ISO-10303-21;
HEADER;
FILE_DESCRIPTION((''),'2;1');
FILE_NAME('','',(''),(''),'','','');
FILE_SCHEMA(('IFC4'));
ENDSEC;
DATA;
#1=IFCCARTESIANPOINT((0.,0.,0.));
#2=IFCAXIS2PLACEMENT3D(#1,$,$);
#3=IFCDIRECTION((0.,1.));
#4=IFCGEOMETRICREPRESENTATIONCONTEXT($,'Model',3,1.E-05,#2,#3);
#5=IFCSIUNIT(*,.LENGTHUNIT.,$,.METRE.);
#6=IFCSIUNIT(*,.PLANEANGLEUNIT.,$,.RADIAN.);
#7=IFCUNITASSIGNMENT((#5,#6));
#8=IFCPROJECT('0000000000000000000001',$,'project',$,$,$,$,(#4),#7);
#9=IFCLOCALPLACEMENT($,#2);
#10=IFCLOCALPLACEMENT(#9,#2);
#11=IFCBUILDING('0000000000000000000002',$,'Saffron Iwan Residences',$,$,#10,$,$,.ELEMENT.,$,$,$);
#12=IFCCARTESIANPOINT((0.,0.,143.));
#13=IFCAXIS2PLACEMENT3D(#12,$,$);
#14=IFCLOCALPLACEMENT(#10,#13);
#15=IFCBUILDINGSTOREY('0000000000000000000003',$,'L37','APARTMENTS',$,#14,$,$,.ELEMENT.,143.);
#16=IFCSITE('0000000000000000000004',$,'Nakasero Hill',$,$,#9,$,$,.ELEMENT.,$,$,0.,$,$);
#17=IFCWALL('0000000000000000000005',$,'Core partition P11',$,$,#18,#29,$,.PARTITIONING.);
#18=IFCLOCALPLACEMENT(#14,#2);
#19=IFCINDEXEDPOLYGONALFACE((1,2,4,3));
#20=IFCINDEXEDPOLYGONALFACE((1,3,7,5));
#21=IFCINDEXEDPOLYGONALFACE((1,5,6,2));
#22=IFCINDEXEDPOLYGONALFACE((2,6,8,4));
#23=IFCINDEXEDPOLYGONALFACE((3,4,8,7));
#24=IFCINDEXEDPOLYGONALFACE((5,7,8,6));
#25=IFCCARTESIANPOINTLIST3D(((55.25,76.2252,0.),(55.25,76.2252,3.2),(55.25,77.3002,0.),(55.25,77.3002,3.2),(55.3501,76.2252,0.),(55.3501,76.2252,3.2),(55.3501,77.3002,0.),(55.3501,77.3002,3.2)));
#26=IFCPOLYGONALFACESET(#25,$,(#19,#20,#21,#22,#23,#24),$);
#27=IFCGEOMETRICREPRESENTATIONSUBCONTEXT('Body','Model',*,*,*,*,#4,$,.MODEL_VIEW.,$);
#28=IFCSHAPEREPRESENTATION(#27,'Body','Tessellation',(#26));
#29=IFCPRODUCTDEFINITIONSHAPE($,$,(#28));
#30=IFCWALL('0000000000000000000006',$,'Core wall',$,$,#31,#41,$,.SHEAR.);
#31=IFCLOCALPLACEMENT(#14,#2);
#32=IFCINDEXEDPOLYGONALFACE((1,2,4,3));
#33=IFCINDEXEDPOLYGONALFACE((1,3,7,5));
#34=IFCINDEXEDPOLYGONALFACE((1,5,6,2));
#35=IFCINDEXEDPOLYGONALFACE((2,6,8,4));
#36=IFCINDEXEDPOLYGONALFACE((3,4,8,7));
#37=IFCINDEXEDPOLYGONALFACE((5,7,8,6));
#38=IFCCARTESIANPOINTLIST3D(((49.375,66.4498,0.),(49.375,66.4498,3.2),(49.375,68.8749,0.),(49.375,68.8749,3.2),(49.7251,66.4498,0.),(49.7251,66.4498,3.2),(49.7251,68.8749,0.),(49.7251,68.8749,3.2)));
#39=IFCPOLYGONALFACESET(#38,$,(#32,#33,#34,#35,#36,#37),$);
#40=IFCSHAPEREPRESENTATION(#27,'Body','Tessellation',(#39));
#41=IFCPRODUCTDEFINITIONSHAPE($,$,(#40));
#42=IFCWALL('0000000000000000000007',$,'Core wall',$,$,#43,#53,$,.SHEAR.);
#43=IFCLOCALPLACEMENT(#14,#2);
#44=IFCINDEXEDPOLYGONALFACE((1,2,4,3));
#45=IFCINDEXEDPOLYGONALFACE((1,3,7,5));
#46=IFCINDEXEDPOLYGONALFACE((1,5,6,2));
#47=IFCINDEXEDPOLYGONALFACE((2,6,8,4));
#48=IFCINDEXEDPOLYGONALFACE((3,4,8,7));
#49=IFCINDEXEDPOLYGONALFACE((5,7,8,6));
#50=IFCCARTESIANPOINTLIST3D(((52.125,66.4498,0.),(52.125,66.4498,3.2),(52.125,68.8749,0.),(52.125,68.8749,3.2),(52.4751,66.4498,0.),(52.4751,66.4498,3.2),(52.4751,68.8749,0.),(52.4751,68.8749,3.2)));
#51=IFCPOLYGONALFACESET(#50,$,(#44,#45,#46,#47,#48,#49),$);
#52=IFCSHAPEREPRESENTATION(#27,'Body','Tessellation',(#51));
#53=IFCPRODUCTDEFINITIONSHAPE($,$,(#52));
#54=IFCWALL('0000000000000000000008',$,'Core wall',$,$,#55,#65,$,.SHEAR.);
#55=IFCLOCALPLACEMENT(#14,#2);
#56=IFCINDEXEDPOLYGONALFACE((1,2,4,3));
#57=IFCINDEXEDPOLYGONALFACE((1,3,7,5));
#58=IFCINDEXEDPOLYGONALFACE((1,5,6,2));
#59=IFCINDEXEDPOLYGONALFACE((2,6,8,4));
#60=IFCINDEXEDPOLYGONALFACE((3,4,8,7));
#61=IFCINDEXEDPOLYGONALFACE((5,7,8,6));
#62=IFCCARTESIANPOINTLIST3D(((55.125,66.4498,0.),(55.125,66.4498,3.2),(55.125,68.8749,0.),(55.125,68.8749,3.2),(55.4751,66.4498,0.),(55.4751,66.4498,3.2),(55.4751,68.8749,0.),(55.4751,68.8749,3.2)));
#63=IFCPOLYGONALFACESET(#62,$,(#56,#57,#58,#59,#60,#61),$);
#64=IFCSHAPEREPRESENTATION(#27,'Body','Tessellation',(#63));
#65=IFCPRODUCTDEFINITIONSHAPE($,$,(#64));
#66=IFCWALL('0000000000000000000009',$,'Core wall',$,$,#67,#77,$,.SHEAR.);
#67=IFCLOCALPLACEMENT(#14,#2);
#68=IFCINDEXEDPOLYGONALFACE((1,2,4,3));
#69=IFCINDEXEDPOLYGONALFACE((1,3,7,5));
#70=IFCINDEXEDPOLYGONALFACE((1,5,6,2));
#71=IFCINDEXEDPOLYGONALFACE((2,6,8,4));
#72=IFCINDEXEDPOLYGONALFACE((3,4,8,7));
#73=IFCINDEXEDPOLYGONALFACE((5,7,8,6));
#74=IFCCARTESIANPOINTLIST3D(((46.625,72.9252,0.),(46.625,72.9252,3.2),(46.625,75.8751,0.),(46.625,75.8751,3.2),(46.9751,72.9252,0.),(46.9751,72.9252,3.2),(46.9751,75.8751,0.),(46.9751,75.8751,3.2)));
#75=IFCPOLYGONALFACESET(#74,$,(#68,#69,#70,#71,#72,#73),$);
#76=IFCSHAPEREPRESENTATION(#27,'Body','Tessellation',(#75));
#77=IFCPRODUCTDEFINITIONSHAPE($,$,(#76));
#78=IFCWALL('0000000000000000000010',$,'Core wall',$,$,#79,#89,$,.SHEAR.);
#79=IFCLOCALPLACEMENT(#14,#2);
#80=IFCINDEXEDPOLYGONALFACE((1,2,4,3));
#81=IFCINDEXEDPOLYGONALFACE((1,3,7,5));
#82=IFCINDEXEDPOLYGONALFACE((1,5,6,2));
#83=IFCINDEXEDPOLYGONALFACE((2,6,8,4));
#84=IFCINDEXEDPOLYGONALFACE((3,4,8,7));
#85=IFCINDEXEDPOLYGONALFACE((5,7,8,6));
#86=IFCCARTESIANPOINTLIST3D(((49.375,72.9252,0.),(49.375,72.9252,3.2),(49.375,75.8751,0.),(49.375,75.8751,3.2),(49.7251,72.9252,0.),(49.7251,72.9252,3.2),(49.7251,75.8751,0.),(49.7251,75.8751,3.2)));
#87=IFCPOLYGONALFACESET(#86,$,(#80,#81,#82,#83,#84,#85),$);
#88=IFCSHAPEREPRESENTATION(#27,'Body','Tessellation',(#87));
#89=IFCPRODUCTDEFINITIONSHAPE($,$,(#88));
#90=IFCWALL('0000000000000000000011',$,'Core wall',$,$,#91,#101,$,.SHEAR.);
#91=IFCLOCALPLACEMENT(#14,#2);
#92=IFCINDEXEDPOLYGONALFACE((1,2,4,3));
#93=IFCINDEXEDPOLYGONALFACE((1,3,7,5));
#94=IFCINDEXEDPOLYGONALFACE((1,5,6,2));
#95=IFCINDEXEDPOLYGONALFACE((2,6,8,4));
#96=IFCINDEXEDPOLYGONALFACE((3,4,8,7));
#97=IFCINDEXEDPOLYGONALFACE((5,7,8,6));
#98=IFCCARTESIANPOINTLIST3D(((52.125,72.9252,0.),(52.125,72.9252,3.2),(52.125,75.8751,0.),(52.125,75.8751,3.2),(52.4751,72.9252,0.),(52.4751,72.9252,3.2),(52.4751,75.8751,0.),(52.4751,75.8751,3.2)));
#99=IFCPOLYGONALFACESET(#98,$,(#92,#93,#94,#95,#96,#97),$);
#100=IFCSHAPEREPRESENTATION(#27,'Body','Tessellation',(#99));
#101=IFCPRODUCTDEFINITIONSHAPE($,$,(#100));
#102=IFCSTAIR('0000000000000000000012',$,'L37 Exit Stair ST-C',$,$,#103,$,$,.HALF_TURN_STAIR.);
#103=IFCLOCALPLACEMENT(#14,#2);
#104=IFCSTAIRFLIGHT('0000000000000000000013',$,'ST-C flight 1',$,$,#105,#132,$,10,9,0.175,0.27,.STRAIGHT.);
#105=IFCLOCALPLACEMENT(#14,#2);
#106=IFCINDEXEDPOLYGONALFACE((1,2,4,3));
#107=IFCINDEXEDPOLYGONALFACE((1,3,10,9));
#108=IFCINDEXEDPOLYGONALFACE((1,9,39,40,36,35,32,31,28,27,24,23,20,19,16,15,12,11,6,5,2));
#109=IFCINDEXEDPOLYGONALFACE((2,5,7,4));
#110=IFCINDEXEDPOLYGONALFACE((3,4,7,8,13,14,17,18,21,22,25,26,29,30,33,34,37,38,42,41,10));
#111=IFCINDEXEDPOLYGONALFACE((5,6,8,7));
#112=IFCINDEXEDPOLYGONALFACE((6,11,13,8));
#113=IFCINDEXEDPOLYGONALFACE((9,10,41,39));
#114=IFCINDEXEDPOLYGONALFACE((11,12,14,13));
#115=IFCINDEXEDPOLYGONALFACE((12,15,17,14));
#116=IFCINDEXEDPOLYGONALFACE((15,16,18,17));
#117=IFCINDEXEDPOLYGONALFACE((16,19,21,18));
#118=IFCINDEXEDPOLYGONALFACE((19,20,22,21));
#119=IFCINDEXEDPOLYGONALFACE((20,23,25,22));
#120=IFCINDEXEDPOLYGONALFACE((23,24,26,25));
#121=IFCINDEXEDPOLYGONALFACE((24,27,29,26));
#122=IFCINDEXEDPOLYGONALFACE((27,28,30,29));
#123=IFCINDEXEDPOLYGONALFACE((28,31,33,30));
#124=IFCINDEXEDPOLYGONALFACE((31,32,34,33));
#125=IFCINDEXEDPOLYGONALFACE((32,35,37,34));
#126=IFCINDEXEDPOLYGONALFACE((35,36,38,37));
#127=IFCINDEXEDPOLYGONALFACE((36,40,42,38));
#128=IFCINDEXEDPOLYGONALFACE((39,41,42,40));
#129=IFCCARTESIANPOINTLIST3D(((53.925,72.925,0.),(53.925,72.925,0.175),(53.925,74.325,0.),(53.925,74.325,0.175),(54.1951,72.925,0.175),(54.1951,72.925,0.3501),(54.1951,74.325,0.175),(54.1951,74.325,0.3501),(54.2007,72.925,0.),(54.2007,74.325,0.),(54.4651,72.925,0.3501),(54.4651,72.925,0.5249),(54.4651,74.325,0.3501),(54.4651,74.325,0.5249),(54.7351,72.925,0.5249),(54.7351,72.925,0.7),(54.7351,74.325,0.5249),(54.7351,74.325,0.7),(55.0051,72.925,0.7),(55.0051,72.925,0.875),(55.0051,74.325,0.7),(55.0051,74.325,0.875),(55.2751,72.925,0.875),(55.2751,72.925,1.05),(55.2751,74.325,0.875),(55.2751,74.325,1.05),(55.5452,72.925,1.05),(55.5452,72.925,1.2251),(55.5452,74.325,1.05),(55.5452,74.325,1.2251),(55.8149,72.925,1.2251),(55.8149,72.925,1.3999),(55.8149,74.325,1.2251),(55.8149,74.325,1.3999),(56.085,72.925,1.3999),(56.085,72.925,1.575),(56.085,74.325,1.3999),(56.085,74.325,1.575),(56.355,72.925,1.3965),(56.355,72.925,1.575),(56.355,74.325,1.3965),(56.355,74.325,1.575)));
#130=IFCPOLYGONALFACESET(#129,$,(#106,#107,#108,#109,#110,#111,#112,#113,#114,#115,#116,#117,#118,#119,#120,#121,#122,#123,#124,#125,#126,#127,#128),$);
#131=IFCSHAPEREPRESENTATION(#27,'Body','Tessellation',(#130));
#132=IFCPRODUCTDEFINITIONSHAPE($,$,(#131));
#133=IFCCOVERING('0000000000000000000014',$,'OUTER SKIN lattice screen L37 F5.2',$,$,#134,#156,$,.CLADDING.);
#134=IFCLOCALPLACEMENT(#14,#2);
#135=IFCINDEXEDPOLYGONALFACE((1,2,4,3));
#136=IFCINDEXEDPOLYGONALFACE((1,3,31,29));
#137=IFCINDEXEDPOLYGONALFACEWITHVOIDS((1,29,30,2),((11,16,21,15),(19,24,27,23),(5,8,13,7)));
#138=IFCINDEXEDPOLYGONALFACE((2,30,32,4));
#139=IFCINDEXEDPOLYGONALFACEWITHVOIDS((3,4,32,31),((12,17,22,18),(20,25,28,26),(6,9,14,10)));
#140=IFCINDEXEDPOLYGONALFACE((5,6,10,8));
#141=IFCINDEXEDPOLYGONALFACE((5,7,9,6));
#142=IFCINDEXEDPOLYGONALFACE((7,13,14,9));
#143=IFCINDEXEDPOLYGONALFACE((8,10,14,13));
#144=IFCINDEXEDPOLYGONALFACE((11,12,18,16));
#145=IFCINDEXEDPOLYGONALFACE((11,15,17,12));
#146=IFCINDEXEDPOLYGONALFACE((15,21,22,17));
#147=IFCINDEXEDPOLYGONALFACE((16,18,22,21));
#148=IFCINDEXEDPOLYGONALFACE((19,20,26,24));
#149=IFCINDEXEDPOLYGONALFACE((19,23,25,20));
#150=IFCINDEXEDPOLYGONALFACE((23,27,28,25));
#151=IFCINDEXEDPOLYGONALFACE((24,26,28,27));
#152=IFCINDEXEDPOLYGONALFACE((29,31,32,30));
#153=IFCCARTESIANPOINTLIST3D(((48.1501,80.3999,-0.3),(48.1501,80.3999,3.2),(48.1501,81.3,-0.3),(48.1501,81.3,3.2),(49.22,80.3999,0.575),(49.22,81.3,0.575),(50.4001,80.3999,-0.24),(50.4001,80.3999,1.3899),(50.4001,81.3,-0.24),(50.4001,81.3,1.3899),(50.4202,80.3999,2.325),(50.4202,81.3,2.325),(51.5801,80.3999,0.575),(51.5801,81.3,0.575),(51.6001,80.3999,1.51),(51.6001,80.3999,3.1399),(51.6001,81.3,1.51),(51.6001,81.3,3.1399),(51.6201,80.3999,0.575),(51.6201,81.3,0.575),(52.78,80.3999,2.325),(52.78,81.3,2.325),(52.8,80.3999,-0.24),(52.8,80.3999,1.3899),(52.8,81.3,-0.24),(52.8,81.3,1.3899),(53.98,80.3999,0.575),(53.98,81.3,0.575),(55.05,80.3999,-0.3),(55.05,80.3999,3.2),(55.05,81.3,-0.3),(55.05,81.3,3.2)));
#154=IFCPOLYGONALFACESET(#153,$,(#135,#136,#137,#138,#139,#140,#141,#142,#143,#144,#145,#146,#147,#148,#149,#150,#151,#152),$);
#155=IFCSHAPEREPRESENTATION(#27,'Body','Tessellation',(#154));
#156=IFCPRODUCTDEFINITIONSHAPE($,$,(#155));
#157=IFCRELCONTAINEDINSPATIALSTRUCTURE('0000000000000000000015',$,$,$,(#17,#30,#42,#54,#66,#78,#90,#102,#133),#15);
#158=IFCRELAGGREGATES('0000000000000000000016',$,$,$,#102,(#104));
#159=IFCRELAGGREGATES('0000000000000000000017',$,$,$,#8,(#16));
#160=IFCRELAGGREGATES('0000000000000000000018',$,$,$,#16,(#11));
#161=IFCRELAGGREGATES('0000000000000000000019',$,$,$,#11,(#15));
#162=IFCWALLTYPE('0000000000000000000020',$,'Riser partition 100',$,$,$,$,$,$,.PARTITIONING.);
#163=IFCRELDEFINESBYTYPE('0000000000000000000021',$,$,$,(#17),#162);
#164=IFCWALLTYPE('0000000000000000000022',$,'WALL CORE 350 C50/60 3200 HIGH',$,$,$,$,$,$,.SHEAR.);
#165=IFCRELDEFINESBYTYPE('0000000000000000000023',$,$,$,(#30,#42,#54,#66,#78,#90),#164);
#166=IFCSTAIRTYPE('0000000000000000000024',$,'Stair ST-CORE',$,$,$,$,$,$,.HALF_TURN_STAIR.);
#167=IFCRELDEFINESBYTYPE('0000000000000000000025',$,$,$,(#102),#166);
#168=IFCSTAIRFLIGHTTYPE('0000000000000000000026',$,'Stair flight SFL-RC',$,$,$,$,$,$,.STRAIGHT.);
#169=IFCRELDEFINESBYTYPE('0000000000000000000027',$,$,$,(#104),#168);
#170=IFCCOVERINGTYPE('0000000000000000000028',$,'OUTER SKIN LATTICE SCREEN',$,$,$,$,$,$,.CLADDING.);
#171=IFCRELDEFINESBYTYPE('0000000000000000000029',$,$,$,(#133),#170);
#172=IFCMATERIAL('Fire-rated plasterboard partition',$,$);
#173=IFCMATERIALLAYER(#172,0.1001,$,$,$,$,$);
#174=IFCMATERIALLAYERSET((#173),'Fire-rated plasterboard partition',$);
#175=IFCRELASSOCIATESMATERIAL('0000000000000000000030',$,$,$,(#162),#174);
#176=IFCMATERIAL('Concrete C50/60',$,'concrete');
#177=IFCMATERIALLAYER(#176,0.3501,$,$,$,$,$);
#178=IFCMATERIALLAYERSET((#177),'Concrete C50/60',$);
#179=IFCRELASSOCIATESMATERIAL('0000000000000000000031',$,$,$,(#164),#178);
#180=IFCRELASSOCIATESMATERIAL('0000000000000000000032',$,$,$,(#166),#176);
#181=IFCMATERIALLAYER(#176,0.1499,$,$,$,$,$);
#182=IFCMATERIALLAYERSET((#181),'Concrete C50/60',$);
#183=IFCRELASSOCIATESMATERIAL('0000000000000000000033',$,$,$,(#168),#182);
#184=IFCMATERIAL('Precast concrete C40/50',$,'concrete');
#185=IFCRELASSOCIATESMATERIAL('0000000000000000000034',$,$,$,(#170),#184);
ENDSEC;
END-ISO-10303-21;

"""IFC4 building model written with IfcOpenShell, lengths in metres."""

from ifc_helpers import new_model, si_unit, direction, frame, frame_2d, origin, place, context, subcontext, project, spatial, polyline, rectangle, outline, extrude, material, layer, layer_set, type_object, element, aggregate, save


model = new_model("IFC4")

# Units and contexts
model_context = context("Model", 3, precision=1e-05, world=origin(), true_north=direction((0.0, 1.0)))
body_context = subcontext(model_context, "Body", "Model", "MODEL_VIEW")
ifc_project = project(units=[si_unit("LENGTHUNIT", "METRE"), si_unit("PLANEANGLEUNIT", "RADIAN")], contexts=[model_context])

# Site, building, storey
site_placement = place(None, origin())
site = spatial("IfcSite", under=ifc_project, at=site_placement, Name="Nakasero Hill", CompositionType="ELEMENT", RefElevation=0.0)
building_placement = place(site_placement, origin())
building = spatial("IfcBuilding", under=site, at=building_placement, Name="Saffron Iwan Residences", CompositionType="ELEMENT")
storey_placement = place(building_placement, frame((0.0, 0.0, 143.0)))
storey = spatial("IfcBuildingStorey", under=building, at=storey_placement, Name="L37", Description="APARTMENTS", CompositionType="ELEMENT", Elevation=143.0)

# Shared definitions
ifc_material_1 = material(Name="Concrete C50/60", Category="concrete")

# Shared definitions
ifc_material_2 = material(Name="Fire-rated plasterboard partition")

# Walls
ifc_layer_1 = layer(ifc_material_2, 0.1001)
ifc_layer_set_1 = layer_set([ifc_layer_1], Name="Fire-rated plasterboard partition")
wall_type_1 = type_object("IfcWallType", Name="Riser partition 100", PredefinedType="PARTITIONING", material=ifc_layer_set_1)
for number, where, z_axis, x_axis, name in (
    (1, (55.3, 76.2251, 0.0), (0.0, 0.0, 1.0), (0.0, 1.0, 0.0), "Core partition P11"),
):
    element("IfcWall", number, at=place(storey_placement, frame(where, z_axis=z_axis, x_axis=x_axis)), inside=storey, type_object=wall_type_1, Name=name, PredefinedType="PARTITIONING", context=body_context, shape_type="SweptSolid", body=[
        extrude(rectangle(XDim=1.075, YDim=0.1001, at=frame_2d((0.5376, 0.0))), origin(), (0.0, 0.0, 1.0), 3.2),
    ])
ifc_layer_2 = layer(ifc_material_1, 0.3501)
ifc_layer_set_2 = layer_set([ifc_layer_2], Name="Concrete C50/60")
wall_type_2 = type_object("IfcWallType", Name="WALL CORE 350 C50/60 3200 HIGH", PredefinedType="SHEAR", material=ifc_layer_set_2)
for number, where, z_axis, x_axis, name in (
    (2, (49.55, 66.45, 0.0), (0.0, 0.0, 1.0), (0.0, 1.0, 0.0), "Core wall"),
    (3, (52.3, 66.45, 0.0), (0.0, 0.0, 1.0), (0.0, 1.0, 0.0), "Core wall"),
    (4, (55.3, 66.45, 0.0), (0.0, 0.0, 1.0), (0.0, 1.0, 0.0), "Core wall"),
):
    element("IfcWall", number, at=place(storey_placement, frame(where, z_axis=z_axis, x_axis=x_axis)), inside=storey, type_object=wall_type_2, Name=name, PredefinedType="SHEAR", context=body_context, shape_type="SweptSolid", body=[
        extrude(rectangle(XDim=2.425, YDim=0.3501, at=frame_2d((1.2124, 0.0))), origin(), (0.0, 0.0, 1.0), 3.2),
    ])
for number, where, z_axis, x_axis, name in (
    (5, (46.8, 72.925, 0.0), (0.0, 0.0, 1.0), (0.0, 1.0, 0.0), "Core wall"),
    (6, (49.55, 72.925, 0.0), (0.0, 0.0, 1.0), (0.0, 1.0, 0.0), "Core wall"),
    (7, (52.3, 72.925, 0.0), (0.0, 0.0, 1.0), (0.0, 1.0, 0.0), "Core wall"),
):
    element("IfcWall", number, at=place(storey_placement, frame(where, z_axis=z_axis, x_axis=x_axis)), inside=storey, type_object=wall_type_2, Name=name, PredefinedType="SHEAR", context=body_context, shape_type="SweptSolid", body=[
        extrude(rectangle(XDim=2.95, YDim=0.3501, at=frame_2d((1.4751, 0.0))), origin(), (0.0, 0.0, 1.0), 3.2),
    ])

# Stair, stair flight
stair_type = type_object("IfcStairType", Name="Stair ST-CORE", PredefinedType="HALF_TURN_STAIR", material=ifc_material_1)
stair_placement = place(storey_placement, origin())
stair = element("IfcStair", 8, at=stair_placement, inside=storey, type_object=stair_type, Name="L37 Exit Stair ST-C", PredefinedType="HALF_TURN_STAIR")
ifc_layer_3 = layer(ifc_material_1, 0.1499)
ifc_layer_set_3 = layer_set([ifc_layer_3], Name="Concrete C50/60")
stair_flight_type = type_object("IfcStairFlightType", Name="Stair flight SFL-RC", PredefinedType="STRAIGHT", material=ifc_layer_set_3)
stair_flight_placement = place(storey_placement, frame((53.925, 73.625, 0.0), z_axis=(0.0, 0.0, 1.0), x_axis=(1.0, 0.0, 0.0)))
stair_flight = element("IfcStairFlight", 9, at=stair_flight_placement, type_object=stair_flight_type, Name="ST-C flight 1", NumberOfRisers=10, NumberOfTreads=9, PredefinedType="STRAIGHT", RiserHeight=0.175, TreadLength=0.27, context=body_context, shape_type="SweptSolid", body=[
    extrude(outline(polyline([(0.0, 0.0), (0.0, 0.175), (0.27, 0.175), (0.27, 0.3501), (0.54, 0.3501), (0.54, 0.5249), (0.8101, 0.5249), (0.8101, 0.7), (1.0801, 0.7), (1.0801, 0.875), (1.3501, 0.875), (1.3501, 1.05), (1.6201, 1.05), (1.6201, 1.2251), (1.8899, 1.2251), (1.8899, 1.3999), (2.1599, 1.3999), (2.1599, 1.575), (2.4299, 1.575), (2.4299, 1.75), (2.4299, 1.3965), (0.2756, 0.0), (0.0, 0.0)])), frame((0.0, 0.7, 0.0), z_axis=(0.0, -1.0, 0.0), x_axis=(1.0, 0.0, 0.0)), (0.0, 0.0, 1.0), 1.3999),
])
aggregate(stair, [stair_flight])

# Covering
ifc_material_3 = material(Name="Precast concrete C40/50", Category="concrete")
covering_type_1 = type_object("IfcCoveringType", Name="OUTER SKIN LATTICE SCREEN", PredefinedType="CLADDING", material=ifc_material_3)
covering_1_placement = place(storey_placement, frame((55.05, 80.3999, -0.3), z_axis=(0.0, 1.0, 0.0), x_axis=(-1.0, 0.0, 0.0)))
element("IfcCovering", 10, at=covering_1_placement, inside=storey, type_object=covering_type_1, Name="OUTER SKIN lattice screen L37 F5.2", PredefinedType="CLADDING", context=body_context, shape_type="SweptSolid", body=[
    extrude(outline(polyline([(0.0, 0.0), (6.8999, 0.0), (6.8999, 3.5), (0.0, 3.5), (0.0, 0.0)]), holes=[polyline([(1.0701, 0.875), (2.25, 0.0601), (3.4299, 0.875), (2.25, 1.6899), (1.0701, 0.875)]), polyline([(3.47, 0.875), (4.6499, 0.0601), (5.8301, 0.875), (4.6499, 1.6899), (3.47, 0.875)]), polyline([(2.27, 2.625), (3.45, 1.8101), (4.6299, 2.625), (3.45, 3.4399), (2.27, 2.625)])]), origin(), (0.0, 0.0, 1.0), 0.9001),
])

save(model, "model.ifc")
